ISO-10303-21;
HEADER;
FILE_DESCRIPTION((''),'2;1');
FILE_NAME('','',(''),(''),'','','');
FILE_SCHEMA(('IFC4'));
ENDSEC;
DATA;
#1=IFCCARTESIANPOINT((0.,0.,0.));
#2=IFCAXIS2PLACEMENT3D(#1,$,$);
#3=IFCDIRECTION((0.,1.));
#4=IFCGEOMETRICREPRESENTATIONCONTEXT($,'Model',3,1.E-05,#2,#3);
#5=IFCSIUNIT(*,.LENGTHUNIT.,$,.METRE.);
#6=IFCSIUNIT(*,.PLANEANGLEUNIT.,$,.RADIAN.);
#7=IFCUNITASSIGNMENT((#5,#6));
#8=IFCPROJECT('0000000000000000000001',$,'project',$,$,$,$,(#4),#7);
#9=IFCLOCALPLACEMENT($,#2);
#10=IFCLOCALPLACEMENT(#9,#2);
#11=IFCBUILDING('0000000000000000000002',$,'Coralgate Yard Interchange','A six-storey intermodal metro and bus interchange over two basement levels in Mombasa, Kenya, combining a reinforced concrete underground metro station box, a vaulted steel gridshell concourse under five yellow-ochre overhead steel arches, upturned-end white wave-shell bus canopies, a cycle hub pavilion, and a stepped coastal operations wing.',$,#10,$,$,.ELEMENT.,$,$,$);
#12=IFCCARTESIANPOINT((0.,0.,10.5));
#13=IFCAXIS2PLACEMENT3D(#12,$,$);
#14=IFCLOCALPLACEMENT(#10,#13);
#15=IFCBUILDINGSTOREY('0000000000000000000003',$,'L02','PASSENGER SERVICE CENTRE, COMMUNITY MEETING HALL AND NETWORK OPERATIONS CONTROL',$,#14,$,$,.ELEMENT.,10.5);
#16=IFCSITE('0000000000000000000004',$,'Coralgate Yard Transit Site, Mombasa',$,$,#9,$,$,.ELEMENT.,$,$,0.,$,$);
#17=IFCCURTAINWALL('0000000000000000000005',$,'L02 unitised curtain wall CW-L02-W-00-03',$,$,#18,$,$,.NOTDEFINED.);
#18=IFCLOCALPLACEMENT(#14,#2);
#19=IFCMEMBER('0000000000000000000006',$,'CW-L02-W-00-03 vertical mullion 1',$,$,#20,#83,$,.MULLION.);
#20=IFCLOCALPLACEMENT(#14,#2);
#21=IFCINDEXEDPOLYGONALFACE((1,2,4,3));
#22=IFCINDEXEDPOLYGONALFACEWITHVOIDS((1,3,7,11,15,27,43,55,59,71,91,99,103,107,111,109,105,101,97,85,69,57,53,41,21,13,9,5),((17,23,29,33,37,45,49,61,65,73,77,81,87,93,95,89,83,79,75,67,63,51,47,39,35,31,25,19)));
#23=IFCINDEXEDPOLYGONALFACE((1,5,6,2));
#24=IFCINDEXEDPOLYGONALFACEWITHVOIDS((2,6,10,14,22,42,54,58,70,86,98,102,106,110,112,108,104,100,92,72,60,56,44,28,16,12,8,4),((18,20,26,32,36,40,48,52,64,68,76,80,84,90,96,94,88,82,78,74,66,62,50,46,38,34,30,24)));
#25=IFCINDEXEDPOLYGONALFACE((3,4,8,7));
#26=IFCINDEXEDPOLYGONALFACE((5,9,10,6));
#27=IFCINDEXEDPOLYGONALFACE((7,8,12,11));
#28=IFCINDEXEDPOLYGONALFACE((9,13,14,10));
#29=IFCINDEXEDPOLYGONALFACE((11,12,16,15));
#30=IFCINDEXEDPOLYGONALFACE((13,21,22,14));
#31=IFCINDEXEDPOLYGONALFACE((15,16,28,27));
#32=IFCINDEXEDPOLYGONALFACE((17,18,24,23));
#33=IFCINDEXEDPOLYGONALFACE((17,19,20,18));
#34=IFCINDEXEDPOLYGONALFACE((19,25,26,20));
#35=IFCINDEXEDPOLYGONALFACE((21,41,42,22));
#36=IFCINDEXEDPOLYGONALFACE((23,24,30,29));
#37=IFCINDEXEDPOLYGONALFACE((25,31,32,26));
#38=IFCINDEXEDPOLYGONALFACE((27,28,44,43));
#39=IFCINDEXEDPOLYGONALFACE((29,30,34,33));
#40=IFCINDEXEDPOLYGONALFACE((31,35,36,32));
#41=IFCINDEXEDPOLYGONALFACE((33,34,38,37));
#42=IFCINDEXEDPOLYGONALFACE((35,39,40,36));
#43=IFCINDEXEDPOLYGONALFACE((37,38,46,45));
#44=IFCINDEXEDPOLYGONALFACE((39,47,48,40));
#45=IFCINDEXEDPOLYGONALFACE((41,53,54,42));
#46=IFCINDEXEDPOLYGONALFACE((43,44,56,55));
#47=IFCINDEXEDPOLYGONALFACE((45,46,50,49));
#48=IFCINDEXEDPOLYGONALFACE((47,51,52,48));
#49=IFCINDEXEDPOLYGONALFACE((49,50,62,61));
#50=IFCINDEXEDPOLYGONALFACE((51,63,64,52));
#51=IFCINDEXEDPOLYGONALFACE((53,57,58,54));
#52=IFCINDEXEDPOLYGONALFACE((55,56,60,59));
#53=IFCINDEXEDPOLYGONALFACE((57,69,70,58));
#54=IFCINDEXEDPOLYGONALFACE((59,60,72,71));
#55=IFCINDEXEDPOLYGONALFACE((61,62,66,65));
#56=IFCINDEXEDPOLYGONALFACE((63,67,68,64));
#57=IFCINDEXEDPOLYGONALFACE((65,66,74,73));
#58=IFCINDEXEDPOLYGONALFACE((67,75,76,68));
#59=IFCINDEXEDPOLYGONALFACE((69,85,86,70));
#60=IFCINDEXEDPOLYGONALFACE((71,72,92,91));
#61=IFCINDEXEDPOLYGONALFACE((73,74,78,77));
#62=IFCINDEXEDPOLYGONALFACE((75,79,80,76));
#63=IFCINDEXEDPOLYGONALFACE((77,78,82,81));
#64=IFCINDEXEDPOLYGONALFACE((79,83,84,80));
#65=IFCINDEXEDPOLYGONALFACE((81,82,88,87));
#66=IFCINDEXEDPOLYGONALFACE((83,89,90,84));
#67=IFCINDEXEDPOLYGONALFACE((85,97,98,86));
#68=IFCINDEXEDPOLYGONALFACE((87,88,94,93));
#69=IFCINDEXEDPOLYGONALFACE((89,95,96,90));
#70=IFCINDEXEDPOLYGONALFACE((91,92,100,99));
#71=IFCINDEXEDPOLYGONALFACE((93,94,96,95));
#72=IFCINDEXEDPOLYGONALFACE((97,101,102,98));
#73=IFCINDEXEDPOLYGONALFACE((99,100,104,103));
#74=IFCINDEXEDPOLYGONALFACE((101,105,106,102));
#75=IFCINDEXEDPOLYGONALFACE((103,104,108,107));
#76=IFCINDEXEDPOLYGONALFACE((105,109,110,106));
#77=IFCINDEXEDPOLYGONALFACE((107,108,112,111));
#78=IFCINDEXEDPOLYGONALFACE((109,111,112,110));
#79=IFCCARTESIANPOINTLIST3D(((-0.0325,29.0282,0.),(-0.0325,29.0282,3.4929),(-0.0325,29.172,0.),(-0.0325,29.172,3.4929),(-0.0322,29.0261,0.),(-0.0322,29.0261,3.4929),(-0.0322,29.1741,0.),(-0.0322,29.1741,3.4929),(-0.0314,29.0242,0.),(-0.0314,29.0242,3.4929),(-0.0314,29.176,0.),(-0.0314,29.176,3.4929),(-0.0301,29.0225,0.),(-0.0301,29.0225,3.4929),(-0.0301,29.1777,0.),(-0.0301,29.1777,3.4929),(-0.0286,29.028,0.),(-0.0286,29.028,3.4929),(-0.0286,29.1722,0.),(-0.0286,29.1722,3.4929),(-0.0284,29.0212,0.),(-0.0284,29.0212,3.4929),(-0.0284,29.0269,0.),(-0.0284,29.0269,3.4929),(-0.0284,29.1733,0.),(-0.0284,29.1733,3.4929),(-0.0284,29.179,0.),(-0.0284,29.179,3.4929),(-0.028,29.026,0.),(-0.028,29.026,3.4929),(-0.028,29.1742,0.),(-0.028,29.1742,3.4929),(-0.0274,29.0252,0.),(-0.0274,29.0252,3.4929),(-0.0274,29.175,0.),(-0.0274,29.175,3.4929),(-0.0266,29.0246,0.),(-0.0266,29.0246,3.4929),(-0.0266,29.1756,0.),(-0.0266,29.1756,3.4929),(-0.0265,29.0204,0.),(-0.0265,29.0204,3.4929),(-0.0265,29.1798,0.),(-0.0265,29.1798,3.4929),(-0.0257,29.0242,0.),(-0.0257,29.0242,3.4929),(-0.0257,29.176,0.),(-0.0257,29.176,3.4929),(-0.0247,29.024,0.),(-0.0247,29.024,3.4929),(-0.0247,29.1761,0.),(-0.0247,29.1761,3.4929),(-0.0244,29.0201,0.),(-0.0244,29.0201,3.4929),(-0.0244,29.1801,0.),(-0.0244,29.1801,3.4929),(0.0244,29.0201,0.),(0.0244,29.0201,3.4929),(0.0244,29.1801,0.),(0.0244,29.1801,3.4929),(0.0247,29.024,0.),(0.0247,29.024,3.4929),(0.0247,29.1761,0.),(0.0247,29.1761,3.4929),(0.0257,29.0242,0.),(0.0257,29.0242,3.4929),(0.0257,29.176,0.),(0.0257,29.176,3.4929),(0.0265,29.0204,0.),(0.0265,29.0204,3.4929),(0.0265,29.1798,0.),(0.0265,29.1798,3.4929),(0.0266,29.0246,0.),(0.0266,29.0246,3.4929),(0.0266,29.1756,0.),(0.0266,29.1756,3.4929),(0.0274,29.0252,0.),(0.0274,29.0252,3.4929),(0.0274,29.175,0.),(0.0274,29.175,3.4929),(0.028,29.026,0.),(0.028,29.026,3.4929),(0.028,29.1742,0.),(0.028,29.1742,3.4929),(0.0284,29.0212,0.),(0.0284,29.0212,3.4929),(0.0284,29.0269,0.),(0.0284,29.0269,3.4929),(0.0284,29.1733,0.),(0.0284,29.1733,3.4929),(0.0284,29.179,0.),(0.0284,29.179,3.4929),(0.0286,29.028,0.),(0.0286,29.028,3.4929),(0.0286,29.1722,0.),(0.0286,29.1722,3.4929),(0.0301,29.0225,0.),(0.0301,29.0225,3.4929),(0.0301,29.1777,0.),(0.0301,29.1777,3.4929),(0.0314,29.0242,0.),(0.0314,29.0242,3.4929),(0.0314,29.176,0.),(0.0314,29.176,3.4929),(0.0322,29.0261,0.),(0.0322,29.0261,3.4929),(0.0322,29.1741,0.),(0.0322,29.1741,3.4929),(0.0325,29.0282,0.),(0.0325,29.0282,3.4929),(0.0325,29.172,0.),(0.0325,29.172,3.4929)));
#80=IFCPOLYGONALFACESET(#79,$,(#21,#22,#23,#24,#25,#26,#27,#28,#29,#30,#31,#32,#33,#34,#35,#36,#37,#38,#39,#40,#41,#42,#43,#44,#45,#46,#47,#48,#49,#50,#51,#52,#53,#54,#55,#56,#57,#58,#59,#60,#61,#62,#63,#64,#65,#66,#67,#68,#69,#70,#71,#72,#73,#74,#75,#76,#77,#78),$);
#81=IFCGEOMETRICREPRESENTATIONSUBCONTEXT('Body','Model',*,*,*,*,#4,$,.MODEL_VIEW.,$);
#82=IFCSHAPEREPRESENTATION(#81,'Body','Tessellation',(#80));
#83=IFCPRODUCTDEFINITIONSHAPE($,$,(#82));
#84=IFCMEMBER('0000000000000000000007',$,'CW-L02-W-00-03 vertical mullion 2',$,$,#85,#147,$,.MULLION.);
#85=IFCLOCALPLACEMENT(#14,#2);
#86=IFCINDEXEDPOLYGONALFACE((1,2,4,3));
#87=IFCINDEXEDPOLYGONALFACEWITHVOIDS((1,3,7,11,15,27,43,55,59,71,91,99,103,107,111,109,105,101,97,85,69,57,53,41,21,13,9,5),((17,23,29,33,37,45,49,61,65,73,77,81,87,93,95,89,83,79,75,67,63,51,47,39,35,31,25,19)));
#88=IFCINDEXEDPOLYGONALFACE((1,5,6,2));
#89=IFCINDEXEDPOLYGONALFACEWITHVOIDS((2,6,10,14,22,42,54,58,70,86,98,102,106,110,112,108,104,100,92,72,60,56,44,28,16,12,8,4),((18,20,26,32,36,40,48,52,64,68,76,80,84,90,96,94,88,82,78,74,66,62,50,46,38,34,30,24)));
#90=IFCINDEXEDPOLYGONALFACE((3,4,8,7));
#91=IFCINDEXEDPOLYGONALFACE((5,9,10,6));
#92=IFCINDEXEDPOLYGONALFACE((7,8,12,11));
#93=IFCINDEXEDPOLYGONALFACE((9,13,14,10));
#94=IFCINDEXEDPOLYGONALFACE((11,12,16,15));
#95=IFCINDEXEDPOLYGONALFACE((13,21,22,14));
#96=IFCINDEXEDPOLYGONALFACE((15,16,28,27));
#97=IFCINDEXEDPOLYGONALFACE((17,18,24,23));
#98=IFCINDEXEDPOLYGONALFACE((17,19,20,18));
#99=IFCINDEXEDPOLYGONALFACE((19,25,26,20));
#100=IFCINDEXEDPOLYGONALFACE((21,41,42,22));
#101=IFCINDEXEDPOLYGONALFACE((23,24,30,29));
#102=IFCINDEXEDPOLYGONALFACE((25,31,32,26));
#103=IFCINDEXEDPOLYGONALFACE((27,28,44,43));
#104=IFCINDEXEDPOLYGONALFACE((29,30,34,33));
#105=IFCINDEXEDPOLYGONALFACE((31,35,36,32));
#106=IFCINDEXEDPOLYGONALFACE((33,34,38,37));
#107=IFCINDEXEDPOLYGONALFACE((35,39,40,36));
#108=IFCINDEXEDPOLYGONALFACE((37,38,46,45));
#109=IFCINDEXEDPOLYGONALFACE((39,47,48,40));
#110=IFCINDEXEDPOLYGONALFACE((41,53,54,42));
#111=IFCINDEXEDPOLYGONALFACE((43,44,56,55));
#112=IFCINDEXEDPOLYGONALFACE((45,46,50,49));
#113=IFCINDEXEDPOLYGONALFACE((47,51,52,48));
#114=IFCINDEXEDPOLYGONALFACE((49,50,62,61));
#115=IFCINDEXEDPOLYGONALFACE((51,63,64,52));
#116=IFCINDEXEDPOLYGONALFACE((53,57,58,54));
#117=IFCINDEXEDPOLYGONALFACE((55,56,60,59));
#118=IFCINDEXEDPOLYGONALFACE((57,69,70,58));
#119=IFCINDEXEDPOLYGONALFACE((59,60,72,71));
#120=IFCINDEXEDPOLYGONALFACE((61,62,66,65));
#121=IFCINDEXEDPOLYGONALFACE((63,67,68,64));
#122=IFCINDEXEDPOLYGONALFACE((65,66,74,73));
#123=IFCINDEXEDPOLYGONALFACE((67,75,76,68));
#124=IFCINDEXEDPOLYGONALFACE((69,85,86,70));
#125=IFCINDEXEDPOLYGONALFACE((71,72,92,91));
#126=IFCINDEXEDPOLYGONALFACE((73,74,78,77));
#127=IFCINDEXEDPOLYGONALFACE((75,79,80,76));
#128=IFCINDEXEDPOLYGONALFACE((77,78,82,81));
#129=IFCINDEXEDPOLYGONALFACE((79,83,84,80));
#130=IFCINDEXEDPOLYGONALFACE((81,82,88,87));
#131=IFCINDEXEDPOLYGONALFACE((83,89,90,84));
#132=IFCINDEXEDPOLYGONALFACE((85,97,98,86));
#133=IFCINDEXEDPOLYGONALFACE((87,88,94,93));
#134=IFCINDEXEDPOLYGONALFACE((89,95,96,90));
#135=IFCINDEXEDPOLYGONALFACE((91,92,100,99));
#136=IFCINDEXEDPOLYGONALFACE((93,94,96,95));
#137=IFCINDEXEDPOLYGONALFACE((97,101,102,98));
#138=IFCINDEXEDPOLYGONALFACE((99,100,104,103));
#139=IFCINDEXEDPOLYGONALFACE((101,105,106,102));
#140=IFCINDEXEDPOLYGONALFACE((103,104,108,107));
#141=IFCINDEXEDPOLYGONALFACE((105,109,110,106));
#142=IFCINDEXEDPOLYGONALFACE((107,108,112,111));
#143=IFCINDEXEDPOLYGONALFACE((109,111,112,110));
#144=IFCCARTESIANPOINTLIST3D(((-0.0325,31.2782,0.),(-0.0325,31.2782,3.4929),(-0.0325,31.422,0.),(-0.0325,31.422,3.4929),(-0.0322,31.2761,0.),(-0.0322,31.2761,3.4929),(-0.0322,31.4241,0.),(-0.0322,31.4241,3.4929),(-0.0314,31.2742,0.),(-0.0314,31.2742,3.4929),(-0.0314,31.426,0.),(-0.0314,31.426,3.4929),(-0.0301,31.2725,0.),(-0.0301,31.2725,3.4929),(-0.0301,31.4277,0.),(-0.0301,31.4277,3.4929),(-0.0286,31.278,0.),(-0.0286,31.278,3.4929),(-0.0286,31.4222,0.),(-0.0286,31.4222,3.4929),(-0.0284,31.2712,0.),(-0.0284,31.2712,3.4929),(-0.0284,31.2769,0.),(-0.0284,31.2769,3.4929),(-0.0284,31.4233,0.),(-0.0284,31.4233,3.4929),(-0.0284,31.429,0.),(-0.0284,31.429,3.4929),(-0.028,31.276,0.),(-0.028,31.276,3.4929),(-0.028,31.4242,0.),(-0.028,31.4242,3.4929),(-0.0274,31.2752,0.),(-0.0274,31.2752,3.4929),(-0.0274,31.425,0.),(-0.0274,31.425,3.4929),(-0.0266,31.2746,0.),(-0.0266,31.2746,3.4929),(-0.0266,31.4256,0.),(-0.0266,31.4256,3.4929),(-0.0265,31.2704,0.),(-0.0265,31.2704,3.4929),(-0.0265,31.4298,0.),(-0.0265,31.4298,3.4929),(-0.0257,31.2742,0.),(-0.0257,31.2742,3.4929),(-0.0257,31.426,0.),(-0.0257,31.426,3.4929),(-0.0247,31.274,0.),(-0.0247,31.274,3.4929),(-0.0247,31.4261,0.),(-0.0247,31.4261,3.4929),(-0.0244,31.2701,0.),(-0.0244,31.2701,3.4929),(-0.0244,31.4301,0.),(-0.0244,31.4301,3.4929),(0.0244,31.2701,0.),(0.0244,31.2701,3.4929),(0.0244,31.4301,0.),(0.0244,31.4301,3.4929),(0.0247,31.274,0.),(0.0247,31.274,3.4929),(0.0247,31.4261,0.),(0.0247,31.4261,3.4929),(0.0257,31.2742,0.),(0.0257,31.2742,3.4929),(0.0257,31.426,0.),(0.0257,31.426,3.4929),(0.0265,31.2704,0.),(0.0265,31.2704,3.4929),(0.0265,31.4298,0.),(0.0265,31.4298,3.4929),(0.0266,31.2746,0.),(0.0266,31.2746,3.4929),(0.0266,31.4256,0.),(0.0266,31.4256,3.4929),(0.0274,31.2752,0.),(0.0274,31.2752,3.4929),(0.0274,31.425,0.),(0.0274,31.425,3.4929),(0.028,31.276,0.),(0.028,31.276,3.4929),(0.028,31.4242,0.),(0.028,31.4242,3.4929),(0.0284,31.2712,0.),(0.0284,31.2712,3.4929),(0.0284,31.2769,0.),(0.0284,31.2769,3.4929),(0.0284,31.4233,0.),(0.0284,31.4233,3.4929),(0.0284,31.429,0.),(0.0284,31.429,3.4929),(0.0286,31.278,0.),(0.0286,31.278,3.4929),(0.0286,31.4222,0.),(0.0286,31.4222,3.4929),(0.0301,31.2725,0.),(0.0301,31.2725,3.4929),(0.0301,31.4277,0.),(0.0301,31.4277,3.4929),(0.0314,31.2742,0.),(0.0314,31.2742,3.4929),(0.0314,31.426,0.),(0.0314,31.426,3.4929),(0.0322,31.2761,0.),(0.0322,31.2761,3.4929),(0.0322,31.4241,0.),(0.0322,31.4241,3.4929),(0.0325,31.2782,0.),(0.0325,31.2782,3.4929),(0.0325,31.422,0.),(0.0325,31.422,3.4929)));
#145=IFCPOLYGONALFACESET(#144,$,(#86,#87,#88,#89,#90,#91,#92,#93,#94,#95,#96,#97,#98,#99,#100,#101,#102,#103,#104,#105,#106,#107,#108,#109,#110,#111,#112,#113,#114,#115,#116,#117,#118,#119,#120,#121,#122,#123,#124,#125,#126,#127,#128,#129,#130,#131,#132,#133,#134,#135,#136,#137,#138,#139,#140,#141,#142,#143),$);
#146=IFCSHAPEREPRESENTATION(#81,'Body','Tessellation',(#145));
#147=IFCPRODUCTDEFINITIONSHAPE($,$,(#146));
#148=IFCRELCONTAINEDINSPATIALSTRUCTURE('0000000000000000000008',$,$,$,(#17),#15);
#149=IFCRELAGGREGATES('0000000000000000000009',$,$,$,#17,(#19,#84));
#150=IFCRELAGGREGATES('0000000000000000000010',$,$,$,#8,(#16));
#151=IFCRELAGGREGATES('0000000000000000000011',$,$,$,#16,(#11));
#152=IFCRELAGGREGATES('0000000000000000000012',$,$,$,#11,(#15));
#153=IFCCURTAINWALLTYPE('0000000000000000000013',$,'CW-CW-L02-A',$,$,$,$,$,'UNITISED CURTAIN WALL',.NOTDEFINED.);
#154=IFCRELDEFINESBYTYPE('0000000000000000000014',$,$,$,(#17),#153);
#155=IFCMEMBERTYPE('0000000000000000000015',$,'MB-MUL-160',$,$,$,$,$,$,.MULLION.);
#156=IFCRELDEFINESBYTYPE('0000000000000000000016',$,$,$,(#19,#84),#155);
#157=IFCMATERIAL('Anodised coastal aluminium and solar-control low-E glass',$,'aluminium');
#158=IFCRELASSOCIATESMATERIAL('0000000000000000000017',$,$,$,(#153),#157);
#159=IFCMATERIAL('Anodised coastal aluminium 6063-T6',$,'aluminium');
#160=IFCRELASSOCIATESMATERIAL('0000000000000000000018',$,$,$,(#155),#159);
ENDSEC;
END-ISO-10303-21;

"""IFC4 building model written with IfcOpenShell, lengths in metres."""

from ifc_helpers import new_model, si_unit, direction, frame, origin, origin_2d, place, context, subcontext, project, spatial, hollow_rectangle, extrude, material, material_profile, profile_set, type_object, element, aggregate, save


model = new_model("IFC4")

# Units and contexts
model_context = context("Model", 3, precision=1e-05, world=origin(), true_north=direction((0.0, 1.0)))
body_context = subcontext(model_context, "Body", "Model", "MODEL_VIEW")
ifc_project = project(units=[si_unit("LENGTHUNIT", "METRE"), si_unit("PLANEANGLEUNIT", "RADIAN")], contexts=[model_context])

# Site, building, storey
site_placement = place(None, origin())
site = spatial("IfcSite", under=ifc_project, at=site_placement, Name="Coralgate Yard Transit Site, Mombasa", CompositionType="ELEMENT", RefElevation=0.0)
building_placement = place(site_placement, origin())
building = spatial("IfcBuilding", under=site, at=building_placement, Name="Coralgate Yard Interchange", Description="A six-storey intermodal metro and bus interchange over two basement levels in Mombasa, Kenya, combining a reinforced concrete underground metro station box, a vaulted steel gridshell concourse under five yellow-ochre overhead steel arches, upturned-end white wave-shell bus canopies, a cycle hub pavilion, and a stepped coastal operations wing.", CompositionType="ELEMENT")
storey_placement = place(building_placement, frame((0.0, 0.0, 10.5)))
storey = spatial("IfcBuildingStorey", under=building, at=storey_placement, Name="L02", Description="PASSENGER SERVICE CENTRE, COMMUNITY MEETING HALL AND NETWORK OPERATIONS CONTROL", CompositionType="ELEMENT", Elevation=10.5)

# Curtain wall, members
ifc_material_1 = material(Name="Anodised coastal aluminium and solar-control low-E glass", Category="aluminium")
curtain_wall_type = type_object("IfcCurtainWallType", Name="CW-CW-L02-A", ElementType="UNITISED CURTAIN WALL", PredefinedType="NOTDEFINED", material=ifc_material_1)
curtain_wall_placement = place(storey_placement, origin())
curtain_wall = element("IfcCurtainWall", 1, at=curtain_wall_placement, inside=storey, type_object=curtain_wall_type, Name="L02 unitised curtain wall CW-L02-W-00-03", PredefinedType="NOTDEFINED")
ifc_material_2 = material(Name="Anodised coastal aluminium 6063-T6", Category="aluminium")
ifc_material_profile_1 = material_profile(ifc_material_2, hollow_rectangle(XDim=0.0649, YDim=0.1599, WallThickness=0.0039, InnerFilletRadius=0.0039, OuterFilletRadius=0.0081, at=origin_2d()), Name="ALU 65x160x4")
ifc_profile_set_1 = profile_set([ifc_material_profile_1], Name="Anodised coastal aluminium 6063-T6")
member_type_1 = type_object("IfcMemberType", Name="MB-MUL-160", PredefinedType="MULLION", material=ifc_profile_set_1)
member_1_placement = place(storey_placement, frame((0.0, 29.1001, 0.0), z_axis=(0.0, 0.0, 1.0), x_axis=(1.0, 0.0, 0.0)))
member_1 = element("IfcMember", 2, at=member_1_placement, type_object=member_type_1, Name="CW-L02-W-00-03 vertical mullion 1", PredefinedType="MULLION", context=body_context, shape_type="SweptSolid", body=[
    extrude(hollow_rectangle(XDim=0.0649, YDim=0.1599, WallThickness=0.0039, InnerFilletRadius=0.0039, OuterFilletRadius=0.0081, at=origin_2d()), origin(), (0.0, 0.0, 1.0), 3.4929),
])
member_2_placement = place(storey_placement, frame((0.0, 31.3501, 0.0), z_axis=(0.0, 0.0, 1.0), x_axis=(1.0, 0.0, 0.0)))
member_2 = element("IfcMember", 3, at=member_2_placement, type_object=member_type_1, Name="CW-L02-W-00-03 vertical mullion 2", PredefinedType="MULLION", context=body_context, shape_type="SweptSolid", body=[
    extrude(hollow_rectangle(XDim=0.0649, YDim=0.1599, WallThickness=0.0039, InnerFilletRadius=0.0039, OuterFilletRadius=0.0081, at=origin_2d()), origin(), (0.0, 0.0, 1.0), 3.4929),
])
aggregate(curtain_wall, [member_1, member_2])

save(model, "model.ifc")
